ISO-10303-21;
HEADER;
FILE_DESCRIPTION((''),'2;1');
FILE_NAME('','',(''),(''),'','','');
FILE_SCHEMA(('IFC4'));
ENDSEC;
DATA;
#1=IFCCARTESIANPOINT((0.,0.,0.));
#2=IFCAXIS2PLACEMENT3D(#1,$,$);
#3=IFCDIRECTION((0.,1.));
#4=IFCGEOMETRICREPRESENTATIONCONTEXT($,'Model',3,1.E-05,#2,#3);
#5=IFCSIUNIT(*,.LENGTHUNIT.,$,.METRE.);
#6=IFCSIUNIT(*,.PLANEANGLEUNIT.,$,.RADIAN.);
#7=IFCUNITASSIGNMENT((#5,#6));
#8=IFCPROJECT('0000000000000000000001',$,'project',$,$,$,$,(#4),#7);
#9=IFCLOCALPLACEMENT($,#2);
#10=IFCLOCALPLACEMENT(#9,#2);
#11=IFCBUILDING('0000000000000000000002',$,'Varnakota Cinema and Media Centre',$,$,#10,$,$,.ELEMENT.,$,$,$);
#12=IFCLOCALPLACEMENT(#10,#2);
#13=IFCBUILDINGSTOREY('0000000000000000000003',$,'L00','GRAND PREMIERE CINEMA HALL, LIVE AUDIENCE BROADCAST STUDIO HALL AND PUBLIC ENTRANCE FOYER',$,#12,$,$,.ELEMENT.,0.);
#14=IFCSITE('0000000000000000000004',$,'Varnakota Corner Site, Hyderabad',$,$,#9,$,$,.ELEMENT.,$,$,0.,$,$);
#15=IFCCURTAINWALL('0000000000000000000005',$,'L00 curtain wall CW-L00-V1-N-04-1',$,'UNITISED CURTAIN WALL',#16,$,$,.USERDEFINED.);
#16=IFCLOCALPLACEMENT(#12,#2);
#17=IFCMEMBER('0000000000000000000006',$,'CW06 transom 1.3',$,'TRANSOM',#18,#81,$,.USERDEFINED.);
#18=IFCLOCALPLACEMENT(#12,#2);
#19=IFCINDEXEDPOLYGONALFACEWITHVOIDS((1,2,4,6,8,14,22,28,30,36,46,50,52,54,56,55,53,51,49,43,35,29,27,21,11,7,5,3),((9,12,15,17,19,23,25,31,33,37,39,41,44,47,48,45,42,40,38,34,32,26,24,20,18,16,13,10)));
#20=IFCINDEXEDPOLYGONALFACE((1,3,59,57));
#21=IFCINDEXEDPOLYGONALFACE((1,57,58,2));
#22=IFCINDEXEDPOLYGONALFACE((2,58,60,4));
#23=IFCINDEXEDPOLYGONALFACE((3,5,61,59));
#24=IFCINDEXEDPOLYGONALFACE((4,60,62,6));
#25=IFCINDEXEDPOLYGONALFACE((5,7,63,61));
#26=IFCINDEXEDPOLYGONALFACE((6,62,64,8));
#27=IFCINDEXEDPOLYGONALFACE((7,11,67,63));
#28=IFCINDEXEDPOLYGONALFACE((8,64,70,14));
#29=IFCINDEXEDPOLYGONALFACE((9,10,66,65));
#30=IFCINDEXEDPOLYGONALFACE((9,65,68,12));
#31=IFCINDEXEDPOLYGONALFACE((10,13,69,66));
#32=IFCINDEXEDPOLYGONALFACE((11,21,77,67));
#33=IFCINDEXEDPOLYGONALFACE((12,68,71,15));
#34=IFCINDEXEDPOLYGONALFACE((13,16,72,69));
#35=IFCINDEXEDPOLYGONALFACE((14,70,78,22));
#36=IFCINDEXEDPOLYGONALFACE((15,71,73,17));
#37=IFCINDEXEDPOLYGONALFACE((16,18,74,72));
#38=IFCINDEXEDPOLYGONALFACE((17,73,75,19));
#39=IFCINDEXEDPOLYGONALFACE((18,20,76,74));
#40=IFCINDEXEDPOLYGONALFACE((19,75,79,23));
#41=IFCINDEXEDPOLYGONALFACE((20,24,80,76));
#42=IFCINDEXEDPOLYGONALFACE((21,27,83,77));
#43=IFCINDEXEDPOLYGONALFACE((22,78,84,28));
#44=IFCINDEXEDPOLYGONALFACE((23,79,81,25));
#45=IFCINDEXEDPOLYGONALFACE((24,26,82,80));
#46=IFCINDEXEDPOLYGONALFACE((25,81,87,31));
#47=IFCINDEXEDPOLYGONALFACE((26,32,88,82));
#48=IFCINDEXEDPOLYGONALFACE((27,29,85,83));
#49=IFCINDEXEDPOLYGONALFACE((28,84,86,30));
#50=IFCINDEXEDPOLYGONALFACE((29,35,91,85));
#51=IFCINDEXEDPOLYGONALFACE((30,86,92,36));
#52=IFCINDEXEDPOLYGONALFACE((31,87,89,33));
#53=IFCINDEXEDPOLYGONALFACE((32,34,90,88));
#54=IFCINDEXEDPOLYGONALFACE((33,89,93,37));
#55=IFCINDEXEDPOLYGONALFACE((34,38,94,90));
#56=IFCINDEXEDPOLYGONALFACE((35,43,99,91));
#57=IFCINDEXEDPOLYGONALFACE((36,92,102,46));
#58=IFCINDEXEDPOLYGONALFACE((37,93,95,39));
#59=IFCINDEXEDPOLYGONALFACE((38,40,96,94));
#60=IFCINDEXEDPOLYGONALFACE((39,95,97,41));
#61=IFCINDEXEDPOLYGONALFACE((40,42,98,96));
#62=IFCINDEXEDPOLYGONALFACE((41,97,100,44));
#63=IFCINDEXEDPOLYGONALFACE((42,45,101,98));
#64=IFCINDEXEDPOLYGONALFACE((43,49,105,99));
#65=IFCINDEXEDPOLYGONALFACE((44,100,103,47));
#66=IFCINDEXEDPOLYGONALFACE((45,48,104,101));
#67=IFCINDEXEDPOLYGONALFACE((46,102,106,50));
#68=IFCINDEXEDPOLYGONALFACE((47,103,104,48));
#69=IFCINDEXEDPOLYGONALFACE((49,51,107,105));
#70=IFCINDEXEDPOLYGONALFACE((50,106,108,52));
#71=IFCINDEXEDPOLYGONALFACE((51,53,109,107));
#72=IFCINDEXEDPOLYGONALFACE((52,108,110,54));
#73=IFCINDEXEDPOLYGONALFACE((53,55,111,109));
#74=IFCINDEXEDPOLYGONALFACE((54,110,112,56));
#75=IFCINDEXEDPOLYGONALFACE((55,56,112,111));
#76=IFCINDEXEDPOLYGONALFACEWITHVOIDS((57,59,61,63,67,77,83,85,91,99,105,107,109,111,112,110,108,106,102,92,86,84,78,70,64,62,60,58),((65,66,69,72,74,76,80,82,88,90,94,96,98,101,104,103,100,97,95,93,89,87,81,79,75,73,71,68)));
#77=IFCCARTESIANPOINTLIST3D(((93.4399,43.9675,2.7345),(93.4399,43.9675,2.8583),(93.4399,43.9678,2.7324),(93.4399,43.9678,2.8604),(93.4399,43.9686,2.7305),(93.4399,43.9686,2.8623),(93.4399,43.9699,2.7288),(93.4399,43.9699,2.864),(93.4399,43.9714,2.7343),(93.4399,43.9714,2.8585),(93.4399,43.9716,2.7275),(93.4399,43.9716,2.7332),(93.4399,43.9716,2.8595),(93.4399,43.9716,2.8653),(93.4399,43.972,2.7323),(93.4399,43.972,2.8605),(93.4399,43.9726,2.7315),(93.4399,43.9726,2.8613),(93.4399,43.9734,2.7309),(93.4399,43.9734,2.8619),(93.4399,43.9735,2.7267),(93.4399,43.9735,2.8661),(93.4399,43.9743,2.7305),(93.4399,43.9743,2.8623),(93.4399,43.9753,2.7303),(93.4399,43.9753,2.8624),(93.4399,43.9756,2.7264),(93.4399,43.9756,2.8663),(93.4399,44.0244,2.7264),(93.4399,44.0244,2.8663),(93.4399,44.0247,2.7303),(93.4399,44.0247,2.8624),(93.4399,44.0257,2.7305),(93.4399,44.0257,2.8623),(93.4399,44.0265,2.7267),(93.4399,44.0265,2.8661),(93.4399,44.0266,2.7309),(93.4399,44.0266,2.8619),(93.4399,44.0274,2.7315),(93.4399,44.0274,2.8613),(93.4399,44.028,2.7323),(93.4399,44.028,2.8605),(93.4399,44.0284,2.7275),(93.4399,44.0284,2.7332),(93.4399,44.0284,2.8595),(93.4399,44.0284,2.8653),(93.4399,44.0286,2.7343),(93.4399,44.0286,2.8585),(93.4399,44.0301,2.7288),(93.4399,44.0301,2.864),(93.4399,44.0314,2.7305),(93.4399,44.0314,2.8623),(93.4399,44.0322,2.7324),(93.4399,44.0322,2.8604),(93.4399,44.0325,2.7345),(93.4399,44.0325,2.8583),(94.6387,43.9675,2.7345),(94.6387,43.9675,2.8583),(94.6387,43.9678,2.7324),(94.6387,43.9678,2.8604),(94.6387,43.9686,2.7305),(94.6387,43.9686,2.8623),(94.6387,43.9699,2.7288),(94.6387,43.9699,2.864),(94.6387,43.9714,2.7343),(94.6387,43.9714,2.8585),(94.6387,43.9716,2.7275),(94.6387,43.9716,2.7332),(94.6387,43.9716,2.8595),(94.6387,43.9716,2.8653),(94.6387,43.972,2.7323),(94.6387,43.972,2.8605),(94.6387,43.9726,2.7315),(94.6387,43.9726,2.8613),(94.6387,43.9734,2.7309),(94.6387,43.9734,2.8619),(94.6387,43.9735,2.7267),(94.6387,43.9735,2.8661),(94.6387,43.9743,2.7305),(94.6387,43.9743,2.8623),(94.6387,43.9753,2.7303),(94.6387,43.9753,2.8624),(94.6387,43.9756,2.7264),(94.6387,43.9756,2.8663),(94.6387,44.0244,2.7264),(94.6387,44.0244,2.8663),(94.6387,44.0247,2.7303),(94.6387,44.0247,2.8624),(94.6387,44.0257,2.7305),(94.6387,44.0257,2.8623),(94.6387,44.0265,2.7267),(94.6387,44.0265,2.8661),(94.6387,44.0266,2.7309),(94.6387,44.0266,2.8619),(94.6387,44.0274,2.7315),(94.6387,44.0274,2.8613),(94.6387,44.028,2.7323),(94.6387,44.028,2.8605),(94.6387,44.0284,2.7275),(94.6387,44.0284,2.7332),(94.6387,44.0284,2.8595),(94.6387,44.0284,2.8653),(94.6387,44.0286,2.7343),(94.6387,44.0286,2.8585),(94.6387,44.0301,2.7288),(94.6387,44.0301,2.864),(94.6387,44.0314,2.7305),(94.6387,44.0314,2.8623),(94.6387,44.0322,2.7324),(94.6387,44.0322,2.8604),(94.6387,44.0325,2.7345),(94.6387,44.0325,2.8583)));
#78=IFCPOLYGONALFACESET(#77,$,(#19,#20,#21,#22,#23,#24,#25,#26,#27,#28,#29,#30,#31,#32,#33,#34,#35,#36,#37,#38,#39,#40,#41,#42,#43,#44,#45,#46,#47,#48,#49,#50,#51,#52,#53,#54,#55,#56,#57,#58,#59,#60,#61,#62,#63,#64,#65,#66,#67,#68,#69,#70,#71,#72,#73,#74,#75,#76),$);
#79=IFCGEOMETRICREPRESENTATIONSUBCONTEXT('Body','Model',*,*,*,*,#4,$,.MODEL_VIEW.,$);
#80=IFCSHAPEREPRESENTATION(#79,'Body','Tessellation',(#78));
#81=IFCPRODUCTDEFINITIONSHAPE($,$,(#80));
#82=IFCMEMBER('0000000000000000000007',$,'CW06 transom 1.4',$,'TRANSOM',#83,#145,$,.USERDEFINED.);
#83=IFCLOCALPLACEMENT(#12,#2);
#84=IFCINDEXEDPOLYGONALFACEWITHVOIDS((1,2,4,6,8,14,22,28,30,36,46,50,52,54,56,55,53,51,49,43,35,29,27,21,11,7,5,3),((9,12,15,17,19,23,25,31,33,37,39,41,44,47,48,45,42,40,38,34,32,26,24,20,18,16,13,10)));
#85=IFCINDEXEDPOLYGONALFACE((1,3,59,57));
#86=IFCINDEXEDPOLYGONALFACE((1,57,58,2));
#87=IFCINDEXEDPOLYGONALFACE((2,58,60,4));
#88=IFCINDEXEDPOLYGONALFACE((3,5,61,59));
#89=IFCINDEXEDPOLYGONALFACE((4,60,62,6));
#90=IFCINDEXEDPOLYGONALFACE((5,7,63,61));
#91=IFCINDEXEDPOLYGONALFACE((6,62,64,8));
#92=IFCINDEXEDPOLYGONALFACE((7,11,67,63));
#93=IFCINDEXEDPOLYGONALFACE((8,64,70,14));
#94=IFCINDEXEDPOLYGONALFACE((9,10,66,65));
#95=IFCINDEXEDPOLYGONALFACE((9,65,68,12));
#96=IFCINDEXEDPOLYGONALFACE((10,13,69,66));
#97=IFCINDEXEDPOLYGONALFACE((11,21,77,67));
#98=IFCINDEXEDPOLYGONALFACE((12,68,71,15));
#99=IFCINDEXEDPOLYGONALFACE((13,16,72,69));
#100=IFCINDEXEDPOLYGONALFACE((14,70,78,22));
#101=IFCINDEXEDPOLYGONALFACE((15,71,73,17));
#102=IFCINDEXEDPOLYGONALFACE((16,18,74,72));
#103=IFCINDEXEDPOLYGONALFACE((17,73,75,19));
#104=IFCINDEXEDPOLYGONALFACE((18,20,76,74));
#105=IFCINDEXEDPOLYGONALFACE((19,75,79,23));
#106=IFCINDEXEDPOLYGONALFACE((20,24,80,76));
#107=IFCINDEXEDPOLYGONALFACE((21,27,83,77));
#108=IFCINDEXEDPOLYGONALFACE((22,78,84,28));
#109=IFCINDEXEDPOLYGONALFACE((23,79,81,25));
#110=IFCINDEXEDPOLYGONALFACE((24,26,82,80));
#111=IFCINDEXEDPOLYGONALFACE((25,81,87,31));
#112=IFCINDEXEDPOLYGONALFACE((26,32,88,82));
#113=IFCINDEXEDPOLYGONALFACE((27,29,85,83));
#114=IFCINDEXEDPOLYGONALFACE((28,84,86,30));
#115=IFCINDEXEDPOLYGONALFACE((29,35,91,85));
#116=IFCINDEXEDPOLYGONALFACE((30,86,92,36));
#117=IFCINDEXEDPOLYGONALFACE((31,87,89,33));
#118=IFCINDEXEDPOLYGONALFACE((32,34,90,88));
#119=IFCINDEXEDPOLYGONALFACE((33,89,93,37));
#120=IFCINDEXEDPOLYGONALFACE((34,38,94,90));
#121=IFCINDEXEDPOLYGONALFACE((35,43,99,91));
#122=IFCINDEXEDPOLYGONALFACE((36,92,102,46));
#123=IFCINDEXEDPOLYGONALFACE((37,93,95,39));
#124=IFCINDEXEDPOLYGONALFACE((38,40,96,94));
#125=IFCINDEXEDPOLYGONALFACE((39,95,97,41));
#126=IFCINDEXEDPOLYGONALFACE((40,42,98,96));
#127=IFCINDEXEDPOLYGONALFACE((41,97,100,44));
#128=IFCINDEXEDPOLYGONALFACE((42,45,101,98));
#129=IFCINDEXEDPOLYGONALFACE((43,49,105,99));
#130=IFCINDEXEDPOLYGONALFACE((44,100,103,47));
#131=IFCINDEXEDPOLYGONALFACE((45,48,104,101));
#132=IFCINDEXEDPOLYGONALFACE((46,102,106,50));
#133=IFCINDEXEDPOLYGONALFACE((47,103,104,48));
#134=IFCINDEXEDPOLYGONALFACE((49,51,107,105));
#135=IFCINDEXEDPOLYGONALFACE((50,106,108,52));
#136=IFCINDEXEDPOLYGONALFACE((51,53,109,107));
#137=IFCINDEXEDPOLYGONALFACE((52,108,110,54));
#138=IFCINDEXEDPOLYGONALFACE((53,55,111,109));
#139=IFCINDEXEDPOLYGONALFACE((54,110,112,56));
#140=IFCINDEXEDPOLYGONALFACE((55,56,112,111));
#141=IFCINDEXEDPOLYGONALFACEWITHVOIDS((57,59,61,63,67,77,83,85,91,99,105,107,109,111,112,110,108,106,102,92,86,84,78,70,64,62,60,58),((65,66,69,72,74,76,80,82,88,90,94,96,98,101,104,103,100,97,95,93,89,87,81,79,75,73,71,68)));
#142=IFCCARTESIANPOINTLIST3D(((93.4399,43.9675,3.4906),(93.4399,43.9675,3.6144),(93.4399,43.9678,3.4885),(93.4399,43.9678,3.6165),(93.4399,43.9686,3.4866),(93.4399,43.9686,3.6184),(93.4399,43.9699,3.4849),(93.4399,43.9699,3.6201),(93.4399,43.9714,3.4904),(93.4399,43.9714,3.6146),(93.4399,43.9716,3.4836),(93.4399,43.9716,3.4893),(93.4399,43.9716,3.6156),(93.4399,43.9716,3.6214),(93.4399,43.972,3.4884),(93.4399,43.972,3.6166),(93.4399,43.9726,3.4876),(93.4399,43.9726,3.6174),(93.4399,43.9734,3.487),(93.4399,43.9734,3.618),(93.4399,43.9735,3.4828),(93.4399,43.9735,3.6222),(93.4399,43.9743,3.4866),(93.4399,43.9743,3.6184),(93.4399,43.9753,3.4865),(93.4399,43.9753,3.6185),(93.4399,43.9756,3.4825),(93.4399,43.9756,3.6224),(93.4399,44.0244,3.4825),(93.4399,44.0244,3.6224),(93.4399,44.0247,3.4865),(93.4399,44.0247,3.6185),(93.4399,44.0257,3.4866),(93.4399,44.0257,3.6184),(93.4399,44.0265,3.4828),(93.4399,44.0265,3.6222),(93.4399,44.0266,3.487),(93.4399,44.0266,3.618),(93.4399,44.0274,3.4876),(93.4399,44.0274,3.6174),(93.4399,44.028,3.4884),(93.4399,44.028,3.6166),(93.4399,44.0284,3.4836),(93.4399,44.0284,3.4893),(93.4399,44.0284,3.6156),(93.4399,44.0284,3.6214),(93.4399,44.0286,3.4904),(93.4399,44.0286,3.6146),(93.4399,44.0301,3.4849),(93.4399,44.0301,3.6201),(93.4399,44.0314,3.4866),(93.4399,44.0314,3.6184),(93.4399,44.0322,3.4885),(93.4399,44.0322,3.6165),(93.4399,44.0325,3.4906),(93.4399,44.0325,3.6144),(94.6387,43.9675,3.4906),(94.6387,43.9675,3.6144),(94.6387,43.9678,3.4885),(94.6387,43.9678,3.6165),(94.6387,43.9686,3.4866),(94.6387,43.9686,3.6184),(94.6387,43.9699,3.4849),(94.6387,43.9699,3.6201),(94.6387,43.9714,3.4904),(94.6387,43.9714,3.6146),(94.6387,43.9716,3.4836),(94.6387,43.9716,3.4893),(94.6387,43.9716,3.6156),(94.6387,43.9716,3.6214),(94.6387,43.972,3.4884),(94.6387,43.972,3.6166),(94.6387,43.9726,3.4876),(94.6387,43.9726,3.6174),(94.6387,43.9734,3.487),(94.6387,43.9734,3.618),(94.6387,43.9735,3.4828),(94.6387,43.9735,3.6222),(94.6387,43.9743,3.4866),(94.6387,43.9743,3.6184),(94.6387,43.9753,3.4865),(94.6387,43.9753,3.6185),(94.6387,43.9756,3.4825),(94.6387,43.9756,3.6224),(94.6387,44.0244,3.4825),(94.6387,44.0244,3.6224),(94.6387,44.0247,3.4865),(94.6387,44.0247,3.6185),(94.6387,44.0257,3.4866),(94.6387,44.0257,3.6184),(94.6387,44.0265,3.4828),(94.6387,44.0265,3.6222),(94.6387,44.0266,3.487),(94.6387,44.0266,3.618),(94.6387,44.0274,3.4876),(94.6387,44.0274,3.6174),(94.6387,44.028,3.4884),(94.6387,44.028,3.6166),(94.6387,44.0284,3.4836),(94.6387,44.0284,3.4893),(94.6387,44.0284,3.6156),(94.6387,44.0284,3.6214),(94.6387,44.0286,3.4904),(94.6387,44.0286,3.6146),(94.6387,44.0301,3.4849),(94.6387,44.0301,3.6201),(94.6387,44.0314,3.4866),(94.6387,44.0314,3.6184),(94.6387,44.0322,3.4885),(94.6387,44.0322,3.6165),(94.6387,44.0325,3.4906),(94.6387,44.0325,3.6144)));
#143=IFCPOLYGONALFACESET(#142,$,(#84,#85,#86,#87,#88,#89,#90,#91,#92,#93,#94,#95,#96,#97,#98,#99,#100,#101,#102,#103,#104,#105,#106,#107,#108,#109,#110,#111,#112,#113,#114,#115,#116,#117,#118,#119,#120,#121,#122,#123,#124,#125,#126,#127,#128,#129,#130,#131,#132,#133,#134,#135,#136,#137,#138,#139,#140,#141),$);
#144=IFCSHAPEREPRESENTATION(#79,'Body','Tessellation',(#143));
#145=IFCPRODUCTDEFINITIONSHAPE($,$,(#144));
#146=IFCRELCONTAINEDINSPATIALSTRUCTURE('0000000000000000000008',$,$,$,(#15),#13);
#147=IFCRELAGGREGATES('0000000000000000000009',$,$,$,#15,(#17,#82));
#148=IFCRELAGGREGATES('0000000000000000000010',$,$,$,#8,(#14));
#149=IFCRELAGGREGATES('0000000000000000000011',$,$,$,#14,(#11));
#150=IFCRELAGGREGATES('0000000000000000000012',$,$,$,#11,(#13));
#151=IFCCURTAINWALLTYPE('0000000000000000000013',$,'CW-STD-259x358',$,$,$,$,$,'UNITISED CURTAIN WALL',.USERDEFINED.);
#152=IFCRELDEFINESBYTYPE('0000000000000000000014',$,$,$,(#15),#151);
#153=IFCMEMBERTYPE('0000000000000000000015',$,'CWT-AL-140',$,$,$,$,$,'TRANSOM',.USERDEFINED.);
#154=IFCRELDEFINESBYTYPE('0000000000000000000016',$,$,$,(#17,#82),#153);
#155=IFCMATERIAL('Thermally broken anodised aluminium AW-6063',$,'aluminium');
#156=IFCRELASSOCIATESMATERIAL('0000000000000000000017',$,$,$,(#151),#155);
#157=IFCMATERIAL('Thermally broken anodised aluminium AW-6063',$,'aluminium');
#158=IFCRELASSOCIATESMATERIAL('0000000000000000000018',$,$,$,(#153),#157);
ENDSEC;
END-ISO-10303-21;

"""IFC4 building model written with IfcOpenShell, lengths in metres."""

from ifc_helpers import new_model, si_unit, direction, frame, origin, origin_2d, place, context, subcontext, project, spatial, hollow_rectangle, extrude, material, material_profile, profile_set, type_object, element, aggregate, save


model = new_model("IFC4")

# Units and contexts
model_context = context("Model", 3, precision=1e-05, world=origin(), true_north=direction((0.0, 1.0)))
body_context = subcontext(model_context, "Body", "Model", "MODEL_VIEW")
ifc_project = project(units=[si_unit("LENGTHUNIT", "METRE"), si_unit("PLANEANGLEUNIT", "RADIAN")], contexts=[model_context])

# Site, building, storey
site_placement = place(None, origin())
site = spatial("IfcSite", under=ifc_project, at=site_placement, Name="Varnakota Corner Site, Hyderabad", CompositionType="ELEMENT", RefElevation=0.0)
building_placement = place(site_placement, origin())
building = spatial("IfcBuilding", under=site, at=building_placement, Name="Varnakota Cinema and Media Centre", CompositionType="ELEMENT")
storey_placement = place(building_placement, origin())
storey = spatial("IfcBuildingStorey", under=building, at=storey_placement, Name="L00", Description="GRAND PREMIERE CINEMA HALL, LIVE AUDIENCE BROADCAST STUDIO HALL AND PUBLIC ENTRANCE FOYER", CompositionType="ELEMENT", Elevation=0.0)

# Curtain wall
ifc_material_1 = material(Name="Thermally broken anodised aluminium AW-6063", Category="aluminium")
curtain_wall_type = type_object("IfcCurtainWallType", Name="CW-STD-259x358", ElementType="UNITISED CURTAIN WALL", PredefinedType="USERDEFINED", material=ifc_material_1)
curtain_wall_1_placement = place(storey_placement, origin())
curtain_wall_1 = element("IfcCurtainWall", 1, at=curtain_wall_1_placement, inside=storey, type_object=curtain_wall_type, Name="L00 curtain wall CW-L00-V1-N-04-1", ObjectType="UNITISED CURTAIN WALL", PredefinedType="USERDEFINED")

# Members
ifc_material_2 = material(Name="Thermally broken anodised aluminium AW-6063", Category="aluminium")
ifc_material_profile_1 = material_profile(ifc_material_2, hollow_rectangle(XDim=0.0649, YDim=0.1399, WallThickness=0.0039, InnerFilletRadius=0.0039, OuterFilletRadius=0.0081, at=origin_2d()), Name="AL-TRANSOM 140x65x4")
ifc_profile_set_1 = profile_set([ifc_material_profile_1], Name="Thermally broken anodised aluminium AW-6063")
member_type_1 = type_object("IfcMemberType", Name="CWT-AL-140", ElementType="TRANSOM", PredefinedType="USERDEFINED", material=ifc_profile_set_1)
member_1_placement = place(storey_placement, frame((93.4399, 44.0, 2.7964), z_axis=(1.0, 0.0, 0.0), x_axis=(0.0, 1.0, 0.0)))
member_1 = element("IfcMember", 2, at=member_1_placement, type_object=member_type_1, Name="CW06 transom 1.3", ObjectType="TRANSOM", PredefinedType="USERDEFINED", context=body_context, shape_type="SweptSolid", body=[
    extrude(hollow_rectangle(XDim=0.0649, YDim=0.1399, WallThickness=0.0039, InnerFilletRadius=0.0039, OuterFilletRadius=0.0081, at=origin_2d()), origin(), (0.0, 0.0, 1.0), 1.1987),
])
member_2_placement = place(storey_placement, frame((93.4399, 44.0, 3.5525), z_axis=(1.0, 0.0, 0.0), x_axis=(0.0, 1.0, 0.0)))
member_2 = element("IfcMember", 3, at=member_2_placement, type_object=member_type_1, Name="CW06 transom 1.4", ObjectType="TRANSOM", PredefinedType="USERDEFINED", context=body_context, shape_type="SweptSolid", body=[
    extrude(hollow_rectangle(XDim=0.0649, YDim=0.1399, WallThickness=0.0039, InnerFilletRadius=0.0039, OuterFilletRadius=0.0081, at=origin_2d()), origin(), (0.0, 0.0, 1.0), 1.1987),
])

aggregate(curtain_wall_1, [member_1, member_2])

save(model, "model.ifc")
